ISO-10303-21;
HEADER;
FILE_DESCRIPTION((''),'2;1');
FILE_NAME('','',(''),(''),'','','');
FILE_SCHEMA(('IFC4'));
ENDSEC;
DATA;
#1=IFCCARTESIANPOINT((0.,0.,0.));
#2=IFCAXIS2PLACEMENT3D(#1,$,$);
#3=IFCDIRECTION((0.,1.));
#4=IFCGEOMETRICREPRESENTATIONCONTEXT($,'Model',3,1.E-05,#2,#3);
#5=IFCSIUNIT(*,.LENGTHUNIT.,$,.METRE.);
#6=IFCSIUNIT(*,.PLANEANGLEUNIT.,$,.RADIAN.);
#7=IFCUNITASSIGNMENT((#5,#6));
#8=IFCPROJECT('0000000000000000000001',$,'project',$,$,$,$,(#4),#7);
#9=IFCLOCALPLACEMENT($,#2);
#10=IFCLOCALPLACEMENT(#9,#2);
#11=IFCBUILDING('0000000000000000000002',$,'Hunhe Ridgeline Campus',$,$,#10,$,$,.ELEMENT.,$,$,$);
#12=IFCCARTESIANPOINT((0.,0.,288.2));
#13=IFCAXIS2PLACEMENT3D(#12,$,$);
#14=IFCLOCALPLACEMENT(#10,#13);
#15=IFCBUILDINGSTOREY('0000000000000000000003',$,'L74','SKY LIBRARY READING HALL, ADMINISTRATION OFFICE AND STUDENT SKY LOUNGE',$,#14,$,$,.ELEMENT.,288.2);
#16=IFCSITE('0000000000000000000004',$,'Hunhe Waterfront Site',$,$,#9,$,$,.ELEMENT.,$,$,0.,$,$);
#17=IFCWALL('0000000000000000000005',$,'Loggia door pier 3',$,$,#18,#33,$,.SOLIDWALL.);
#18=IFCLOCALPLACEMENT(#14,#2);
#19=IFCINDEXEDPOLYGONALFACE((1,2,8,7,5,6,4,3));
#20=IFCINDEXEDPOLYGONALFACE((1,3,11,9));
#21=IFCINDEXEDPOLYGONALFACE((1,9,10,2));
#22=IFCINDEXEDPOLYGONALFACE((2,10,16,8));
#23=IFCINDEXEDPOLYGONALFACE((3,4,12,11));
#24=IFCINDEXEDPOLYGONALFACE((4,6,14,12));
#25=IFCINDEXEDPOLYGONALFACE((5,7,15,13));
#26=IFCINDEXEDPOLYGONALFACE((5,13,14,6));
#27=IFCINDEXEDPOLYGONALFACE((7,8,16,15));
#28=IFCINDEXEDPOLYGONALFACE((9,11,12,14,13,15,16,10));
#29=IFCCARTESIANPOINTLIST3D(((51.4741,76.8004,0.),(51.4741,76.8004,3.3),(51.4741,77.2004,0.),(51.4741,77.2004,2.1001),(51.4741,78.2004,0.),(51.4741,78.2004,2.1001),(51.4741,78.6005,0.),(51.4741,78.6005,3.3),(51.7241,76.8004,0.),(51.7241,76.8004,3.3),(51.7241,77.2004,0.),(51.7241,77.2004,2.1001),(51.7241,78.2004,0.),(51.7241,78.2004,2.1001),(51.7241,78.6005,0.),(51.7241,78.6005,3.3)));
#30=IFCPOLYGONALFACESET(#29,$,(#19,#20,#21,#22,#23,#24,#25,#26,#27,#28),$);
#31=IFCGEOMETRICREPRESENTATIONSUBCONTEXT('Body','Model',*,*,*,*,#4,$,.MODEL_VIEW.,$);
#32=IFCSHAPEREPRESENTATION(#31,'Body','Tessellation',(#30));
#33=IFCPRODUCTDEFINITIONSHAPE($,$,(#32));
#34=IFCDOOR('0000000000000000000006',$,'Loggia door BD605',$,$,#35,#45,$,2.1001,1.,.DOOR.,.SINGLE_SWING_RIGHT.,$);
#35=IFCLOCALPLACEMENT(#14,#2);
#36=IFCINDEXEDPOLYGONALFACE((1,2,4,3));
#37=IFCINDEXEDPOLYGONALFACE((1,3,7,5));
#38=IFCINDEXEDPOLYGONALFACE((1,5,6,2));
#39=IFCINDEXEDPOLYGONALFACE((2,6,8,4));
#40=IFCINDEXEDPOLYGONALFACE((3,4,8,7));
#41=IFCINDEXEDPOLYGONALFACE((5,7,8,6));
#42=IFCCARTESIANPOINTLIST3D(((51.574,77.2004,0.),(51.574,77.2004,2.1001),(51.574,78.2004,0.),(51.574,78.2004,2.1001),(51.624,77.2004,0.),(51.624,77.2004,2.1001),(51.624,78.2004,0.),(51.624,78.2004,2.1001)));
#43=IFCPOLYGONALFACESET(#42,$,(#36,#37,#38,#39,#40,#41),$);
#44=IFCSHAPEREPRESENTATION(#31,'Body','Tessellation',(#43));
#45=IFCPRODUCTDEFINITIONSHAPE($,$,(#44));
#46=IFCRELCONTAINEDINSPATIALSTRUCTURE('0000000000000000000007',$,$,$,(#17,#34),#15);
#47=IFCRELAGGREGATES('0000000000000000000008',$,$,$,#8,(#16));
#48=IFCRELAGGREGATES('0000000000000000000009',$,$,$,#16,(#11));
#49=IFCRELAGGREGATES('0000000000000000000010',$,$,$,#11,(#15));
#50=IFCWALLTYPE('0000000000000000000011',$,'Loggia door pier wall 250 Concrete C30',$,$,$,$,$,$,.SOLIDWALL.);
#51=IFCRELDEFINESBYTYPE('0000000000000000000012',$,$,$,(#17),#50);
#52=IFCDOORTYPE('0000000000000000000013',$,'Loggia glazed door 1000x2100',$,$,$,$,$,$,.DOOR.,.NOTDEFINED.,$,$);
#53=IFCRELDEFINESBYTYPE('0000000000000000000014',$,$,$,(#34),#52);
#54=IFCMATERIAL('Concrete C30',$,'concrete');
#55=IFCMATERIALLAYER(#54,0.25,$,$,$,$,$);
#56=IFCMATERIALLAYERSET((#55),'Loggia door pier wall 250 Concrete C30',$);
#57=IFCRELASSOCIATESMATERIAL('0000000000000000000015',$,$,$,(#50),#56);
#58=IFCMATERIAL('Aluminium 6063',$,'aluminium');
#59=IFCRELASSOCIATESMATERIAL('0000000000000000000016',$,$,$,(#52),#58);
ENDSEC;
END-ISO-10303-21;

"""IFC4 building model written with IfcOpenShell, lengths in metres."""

from ifc_helpers import new_model, si_unit, direction, frame, frame_2d, origin, place, context, subcontext, project, spatial, rectangle, extrude, material, layer, layer_set, type_object, element, fill, save


model = new_model("IFC4")

# Units and contexts
model_context = context("Model", 3, precision=1e-05, world=origin(), true_north=direction((0.0, 1.0)))
body_context = subcontext(model_context, "Body", "Model", "MODEL_VIEW")
ifc_project = project(units=[si_unit("LENGTHUNIT", "METRE"), si_unit("PLANEANGLEUNIT", "RADIAN")], contexts=[model_context])

# Site, building, storey
site_placement = place(None, origin())
site = spatial("IfcSite", under=ifc_project, at=site_placement, Name="Hunhe Waterfront Site", CompositionType="ELEMENT", RefElevation=0.0)
building_placement = place(site_placement, origin())
building = spatial("IfcBuilding", under=site, at=building_placement, Name="Hunhe Ridgeline Campus", CompositionType="ELEMENT")
storey_placement = place(building_placement, frame((0.0, 0.0, 288.2)))
storey = spatial("IfcBuildingStorey", under=building, at=storey_placement, Name="L74", Description="SKY LIBRARY READING HALL, ADMINISTRATION OFFICE AND STUDENT SKY LOUNGE", CompositionType="ELEMENT", Elevation=288.2)

# Shared definitions
ifc_material_1 = material(Name="Aluminium 6063", Category="aluminium")

# Wall, opening, door
ifc_material_2 = material(Name="Concrete C30", Category="concrete")
ifc_layer_1 = layer(ifc_material_2, 0.25)
ifc_layer_set_1 = layer_set([ifc_layer_1], Name="Loggia door pier wall 250 Concrete C30")
wall_type = type_object("IfcWallType", Name="Loggia door pier wall 250 Concrete C30", PredefinedType="SOLIDWALL", material=ifc_layer_set_1)
wall_placement = place(storey_placement, frame((51.5991, 76.8005, 0.0), z_axis=(0.0, 0.0, 1.0), x_axis=(0.0, 1.0, 0.0)))
wall = element("IfcWall", 1, at=wall_placement, inside=storey, type_object=wall_type, Name="Loggia door pier 3", PredefinedType="SOLIDWALL", context=body_context, shape_type="SweptSolid", body=[
    extrude(rectangle(XDim=1.8, YDim=0.25, at=frame_2d((0.8999, 0.0))), origin(), (0.0, 0.0, 1.0), 3.3),
])
opening_placement = place(wall_placement, frame((0.3999, 0.0, 0.0)))
opening = element("IfcOpeningElement", 2, at=opening_placement, cuts=wall, PredefinedType="OPENING", context=body_context, shape_type="SweptSolid", body=[
    extrude(rectangle(XDim=1.0, YDim=2.1001, at=frame_2d((0.5, 1.05))), frame((0.0, 0.125, 0.0), z_axis=(0.0, -1.0, 0.0), x_axis=(1.0, 0.0, 0.0)), (0.0, 0.0, 1.0), 0.25),
])
door_type = type_object("IfcDoorType", Name="Loggia glazed door 1000x2100", OperationType="NOTDEFINED", PredefinedType="DOOR", material=ifc_material_1)
door_placement = place(opening_placement, frame((1.0, 0.0, 0.0), z_axis=(0.0, 0.0, 1.0), x_axis=(-1.0, 0.0, 0.0)))
door = element("IfcDoor", 3, at=door_placement, inside=storey, type_object=door_type, Name="Loggia door BD605", OperationType="SINGLE_SWING_RIGHT", OverallHeight=2.1001, OverallWidth=1.0, PredefinedType="DOOR", context=body_context, shape_type="SweptSolid", body=[
    extrude(rectangle(XDim=1.0, YDim=2.1001, at=frame_2d((0.5, 1.05))), frame((0.0, 0.0249, 0.0), z_axis=(0.0, -1.0, 0.0), x_axis=(1.0, 0.0, 0.0)), (0.0, 0.0, 1.0), 0.05),
])
fill(opening, door)

save(model, "model.ifc")
